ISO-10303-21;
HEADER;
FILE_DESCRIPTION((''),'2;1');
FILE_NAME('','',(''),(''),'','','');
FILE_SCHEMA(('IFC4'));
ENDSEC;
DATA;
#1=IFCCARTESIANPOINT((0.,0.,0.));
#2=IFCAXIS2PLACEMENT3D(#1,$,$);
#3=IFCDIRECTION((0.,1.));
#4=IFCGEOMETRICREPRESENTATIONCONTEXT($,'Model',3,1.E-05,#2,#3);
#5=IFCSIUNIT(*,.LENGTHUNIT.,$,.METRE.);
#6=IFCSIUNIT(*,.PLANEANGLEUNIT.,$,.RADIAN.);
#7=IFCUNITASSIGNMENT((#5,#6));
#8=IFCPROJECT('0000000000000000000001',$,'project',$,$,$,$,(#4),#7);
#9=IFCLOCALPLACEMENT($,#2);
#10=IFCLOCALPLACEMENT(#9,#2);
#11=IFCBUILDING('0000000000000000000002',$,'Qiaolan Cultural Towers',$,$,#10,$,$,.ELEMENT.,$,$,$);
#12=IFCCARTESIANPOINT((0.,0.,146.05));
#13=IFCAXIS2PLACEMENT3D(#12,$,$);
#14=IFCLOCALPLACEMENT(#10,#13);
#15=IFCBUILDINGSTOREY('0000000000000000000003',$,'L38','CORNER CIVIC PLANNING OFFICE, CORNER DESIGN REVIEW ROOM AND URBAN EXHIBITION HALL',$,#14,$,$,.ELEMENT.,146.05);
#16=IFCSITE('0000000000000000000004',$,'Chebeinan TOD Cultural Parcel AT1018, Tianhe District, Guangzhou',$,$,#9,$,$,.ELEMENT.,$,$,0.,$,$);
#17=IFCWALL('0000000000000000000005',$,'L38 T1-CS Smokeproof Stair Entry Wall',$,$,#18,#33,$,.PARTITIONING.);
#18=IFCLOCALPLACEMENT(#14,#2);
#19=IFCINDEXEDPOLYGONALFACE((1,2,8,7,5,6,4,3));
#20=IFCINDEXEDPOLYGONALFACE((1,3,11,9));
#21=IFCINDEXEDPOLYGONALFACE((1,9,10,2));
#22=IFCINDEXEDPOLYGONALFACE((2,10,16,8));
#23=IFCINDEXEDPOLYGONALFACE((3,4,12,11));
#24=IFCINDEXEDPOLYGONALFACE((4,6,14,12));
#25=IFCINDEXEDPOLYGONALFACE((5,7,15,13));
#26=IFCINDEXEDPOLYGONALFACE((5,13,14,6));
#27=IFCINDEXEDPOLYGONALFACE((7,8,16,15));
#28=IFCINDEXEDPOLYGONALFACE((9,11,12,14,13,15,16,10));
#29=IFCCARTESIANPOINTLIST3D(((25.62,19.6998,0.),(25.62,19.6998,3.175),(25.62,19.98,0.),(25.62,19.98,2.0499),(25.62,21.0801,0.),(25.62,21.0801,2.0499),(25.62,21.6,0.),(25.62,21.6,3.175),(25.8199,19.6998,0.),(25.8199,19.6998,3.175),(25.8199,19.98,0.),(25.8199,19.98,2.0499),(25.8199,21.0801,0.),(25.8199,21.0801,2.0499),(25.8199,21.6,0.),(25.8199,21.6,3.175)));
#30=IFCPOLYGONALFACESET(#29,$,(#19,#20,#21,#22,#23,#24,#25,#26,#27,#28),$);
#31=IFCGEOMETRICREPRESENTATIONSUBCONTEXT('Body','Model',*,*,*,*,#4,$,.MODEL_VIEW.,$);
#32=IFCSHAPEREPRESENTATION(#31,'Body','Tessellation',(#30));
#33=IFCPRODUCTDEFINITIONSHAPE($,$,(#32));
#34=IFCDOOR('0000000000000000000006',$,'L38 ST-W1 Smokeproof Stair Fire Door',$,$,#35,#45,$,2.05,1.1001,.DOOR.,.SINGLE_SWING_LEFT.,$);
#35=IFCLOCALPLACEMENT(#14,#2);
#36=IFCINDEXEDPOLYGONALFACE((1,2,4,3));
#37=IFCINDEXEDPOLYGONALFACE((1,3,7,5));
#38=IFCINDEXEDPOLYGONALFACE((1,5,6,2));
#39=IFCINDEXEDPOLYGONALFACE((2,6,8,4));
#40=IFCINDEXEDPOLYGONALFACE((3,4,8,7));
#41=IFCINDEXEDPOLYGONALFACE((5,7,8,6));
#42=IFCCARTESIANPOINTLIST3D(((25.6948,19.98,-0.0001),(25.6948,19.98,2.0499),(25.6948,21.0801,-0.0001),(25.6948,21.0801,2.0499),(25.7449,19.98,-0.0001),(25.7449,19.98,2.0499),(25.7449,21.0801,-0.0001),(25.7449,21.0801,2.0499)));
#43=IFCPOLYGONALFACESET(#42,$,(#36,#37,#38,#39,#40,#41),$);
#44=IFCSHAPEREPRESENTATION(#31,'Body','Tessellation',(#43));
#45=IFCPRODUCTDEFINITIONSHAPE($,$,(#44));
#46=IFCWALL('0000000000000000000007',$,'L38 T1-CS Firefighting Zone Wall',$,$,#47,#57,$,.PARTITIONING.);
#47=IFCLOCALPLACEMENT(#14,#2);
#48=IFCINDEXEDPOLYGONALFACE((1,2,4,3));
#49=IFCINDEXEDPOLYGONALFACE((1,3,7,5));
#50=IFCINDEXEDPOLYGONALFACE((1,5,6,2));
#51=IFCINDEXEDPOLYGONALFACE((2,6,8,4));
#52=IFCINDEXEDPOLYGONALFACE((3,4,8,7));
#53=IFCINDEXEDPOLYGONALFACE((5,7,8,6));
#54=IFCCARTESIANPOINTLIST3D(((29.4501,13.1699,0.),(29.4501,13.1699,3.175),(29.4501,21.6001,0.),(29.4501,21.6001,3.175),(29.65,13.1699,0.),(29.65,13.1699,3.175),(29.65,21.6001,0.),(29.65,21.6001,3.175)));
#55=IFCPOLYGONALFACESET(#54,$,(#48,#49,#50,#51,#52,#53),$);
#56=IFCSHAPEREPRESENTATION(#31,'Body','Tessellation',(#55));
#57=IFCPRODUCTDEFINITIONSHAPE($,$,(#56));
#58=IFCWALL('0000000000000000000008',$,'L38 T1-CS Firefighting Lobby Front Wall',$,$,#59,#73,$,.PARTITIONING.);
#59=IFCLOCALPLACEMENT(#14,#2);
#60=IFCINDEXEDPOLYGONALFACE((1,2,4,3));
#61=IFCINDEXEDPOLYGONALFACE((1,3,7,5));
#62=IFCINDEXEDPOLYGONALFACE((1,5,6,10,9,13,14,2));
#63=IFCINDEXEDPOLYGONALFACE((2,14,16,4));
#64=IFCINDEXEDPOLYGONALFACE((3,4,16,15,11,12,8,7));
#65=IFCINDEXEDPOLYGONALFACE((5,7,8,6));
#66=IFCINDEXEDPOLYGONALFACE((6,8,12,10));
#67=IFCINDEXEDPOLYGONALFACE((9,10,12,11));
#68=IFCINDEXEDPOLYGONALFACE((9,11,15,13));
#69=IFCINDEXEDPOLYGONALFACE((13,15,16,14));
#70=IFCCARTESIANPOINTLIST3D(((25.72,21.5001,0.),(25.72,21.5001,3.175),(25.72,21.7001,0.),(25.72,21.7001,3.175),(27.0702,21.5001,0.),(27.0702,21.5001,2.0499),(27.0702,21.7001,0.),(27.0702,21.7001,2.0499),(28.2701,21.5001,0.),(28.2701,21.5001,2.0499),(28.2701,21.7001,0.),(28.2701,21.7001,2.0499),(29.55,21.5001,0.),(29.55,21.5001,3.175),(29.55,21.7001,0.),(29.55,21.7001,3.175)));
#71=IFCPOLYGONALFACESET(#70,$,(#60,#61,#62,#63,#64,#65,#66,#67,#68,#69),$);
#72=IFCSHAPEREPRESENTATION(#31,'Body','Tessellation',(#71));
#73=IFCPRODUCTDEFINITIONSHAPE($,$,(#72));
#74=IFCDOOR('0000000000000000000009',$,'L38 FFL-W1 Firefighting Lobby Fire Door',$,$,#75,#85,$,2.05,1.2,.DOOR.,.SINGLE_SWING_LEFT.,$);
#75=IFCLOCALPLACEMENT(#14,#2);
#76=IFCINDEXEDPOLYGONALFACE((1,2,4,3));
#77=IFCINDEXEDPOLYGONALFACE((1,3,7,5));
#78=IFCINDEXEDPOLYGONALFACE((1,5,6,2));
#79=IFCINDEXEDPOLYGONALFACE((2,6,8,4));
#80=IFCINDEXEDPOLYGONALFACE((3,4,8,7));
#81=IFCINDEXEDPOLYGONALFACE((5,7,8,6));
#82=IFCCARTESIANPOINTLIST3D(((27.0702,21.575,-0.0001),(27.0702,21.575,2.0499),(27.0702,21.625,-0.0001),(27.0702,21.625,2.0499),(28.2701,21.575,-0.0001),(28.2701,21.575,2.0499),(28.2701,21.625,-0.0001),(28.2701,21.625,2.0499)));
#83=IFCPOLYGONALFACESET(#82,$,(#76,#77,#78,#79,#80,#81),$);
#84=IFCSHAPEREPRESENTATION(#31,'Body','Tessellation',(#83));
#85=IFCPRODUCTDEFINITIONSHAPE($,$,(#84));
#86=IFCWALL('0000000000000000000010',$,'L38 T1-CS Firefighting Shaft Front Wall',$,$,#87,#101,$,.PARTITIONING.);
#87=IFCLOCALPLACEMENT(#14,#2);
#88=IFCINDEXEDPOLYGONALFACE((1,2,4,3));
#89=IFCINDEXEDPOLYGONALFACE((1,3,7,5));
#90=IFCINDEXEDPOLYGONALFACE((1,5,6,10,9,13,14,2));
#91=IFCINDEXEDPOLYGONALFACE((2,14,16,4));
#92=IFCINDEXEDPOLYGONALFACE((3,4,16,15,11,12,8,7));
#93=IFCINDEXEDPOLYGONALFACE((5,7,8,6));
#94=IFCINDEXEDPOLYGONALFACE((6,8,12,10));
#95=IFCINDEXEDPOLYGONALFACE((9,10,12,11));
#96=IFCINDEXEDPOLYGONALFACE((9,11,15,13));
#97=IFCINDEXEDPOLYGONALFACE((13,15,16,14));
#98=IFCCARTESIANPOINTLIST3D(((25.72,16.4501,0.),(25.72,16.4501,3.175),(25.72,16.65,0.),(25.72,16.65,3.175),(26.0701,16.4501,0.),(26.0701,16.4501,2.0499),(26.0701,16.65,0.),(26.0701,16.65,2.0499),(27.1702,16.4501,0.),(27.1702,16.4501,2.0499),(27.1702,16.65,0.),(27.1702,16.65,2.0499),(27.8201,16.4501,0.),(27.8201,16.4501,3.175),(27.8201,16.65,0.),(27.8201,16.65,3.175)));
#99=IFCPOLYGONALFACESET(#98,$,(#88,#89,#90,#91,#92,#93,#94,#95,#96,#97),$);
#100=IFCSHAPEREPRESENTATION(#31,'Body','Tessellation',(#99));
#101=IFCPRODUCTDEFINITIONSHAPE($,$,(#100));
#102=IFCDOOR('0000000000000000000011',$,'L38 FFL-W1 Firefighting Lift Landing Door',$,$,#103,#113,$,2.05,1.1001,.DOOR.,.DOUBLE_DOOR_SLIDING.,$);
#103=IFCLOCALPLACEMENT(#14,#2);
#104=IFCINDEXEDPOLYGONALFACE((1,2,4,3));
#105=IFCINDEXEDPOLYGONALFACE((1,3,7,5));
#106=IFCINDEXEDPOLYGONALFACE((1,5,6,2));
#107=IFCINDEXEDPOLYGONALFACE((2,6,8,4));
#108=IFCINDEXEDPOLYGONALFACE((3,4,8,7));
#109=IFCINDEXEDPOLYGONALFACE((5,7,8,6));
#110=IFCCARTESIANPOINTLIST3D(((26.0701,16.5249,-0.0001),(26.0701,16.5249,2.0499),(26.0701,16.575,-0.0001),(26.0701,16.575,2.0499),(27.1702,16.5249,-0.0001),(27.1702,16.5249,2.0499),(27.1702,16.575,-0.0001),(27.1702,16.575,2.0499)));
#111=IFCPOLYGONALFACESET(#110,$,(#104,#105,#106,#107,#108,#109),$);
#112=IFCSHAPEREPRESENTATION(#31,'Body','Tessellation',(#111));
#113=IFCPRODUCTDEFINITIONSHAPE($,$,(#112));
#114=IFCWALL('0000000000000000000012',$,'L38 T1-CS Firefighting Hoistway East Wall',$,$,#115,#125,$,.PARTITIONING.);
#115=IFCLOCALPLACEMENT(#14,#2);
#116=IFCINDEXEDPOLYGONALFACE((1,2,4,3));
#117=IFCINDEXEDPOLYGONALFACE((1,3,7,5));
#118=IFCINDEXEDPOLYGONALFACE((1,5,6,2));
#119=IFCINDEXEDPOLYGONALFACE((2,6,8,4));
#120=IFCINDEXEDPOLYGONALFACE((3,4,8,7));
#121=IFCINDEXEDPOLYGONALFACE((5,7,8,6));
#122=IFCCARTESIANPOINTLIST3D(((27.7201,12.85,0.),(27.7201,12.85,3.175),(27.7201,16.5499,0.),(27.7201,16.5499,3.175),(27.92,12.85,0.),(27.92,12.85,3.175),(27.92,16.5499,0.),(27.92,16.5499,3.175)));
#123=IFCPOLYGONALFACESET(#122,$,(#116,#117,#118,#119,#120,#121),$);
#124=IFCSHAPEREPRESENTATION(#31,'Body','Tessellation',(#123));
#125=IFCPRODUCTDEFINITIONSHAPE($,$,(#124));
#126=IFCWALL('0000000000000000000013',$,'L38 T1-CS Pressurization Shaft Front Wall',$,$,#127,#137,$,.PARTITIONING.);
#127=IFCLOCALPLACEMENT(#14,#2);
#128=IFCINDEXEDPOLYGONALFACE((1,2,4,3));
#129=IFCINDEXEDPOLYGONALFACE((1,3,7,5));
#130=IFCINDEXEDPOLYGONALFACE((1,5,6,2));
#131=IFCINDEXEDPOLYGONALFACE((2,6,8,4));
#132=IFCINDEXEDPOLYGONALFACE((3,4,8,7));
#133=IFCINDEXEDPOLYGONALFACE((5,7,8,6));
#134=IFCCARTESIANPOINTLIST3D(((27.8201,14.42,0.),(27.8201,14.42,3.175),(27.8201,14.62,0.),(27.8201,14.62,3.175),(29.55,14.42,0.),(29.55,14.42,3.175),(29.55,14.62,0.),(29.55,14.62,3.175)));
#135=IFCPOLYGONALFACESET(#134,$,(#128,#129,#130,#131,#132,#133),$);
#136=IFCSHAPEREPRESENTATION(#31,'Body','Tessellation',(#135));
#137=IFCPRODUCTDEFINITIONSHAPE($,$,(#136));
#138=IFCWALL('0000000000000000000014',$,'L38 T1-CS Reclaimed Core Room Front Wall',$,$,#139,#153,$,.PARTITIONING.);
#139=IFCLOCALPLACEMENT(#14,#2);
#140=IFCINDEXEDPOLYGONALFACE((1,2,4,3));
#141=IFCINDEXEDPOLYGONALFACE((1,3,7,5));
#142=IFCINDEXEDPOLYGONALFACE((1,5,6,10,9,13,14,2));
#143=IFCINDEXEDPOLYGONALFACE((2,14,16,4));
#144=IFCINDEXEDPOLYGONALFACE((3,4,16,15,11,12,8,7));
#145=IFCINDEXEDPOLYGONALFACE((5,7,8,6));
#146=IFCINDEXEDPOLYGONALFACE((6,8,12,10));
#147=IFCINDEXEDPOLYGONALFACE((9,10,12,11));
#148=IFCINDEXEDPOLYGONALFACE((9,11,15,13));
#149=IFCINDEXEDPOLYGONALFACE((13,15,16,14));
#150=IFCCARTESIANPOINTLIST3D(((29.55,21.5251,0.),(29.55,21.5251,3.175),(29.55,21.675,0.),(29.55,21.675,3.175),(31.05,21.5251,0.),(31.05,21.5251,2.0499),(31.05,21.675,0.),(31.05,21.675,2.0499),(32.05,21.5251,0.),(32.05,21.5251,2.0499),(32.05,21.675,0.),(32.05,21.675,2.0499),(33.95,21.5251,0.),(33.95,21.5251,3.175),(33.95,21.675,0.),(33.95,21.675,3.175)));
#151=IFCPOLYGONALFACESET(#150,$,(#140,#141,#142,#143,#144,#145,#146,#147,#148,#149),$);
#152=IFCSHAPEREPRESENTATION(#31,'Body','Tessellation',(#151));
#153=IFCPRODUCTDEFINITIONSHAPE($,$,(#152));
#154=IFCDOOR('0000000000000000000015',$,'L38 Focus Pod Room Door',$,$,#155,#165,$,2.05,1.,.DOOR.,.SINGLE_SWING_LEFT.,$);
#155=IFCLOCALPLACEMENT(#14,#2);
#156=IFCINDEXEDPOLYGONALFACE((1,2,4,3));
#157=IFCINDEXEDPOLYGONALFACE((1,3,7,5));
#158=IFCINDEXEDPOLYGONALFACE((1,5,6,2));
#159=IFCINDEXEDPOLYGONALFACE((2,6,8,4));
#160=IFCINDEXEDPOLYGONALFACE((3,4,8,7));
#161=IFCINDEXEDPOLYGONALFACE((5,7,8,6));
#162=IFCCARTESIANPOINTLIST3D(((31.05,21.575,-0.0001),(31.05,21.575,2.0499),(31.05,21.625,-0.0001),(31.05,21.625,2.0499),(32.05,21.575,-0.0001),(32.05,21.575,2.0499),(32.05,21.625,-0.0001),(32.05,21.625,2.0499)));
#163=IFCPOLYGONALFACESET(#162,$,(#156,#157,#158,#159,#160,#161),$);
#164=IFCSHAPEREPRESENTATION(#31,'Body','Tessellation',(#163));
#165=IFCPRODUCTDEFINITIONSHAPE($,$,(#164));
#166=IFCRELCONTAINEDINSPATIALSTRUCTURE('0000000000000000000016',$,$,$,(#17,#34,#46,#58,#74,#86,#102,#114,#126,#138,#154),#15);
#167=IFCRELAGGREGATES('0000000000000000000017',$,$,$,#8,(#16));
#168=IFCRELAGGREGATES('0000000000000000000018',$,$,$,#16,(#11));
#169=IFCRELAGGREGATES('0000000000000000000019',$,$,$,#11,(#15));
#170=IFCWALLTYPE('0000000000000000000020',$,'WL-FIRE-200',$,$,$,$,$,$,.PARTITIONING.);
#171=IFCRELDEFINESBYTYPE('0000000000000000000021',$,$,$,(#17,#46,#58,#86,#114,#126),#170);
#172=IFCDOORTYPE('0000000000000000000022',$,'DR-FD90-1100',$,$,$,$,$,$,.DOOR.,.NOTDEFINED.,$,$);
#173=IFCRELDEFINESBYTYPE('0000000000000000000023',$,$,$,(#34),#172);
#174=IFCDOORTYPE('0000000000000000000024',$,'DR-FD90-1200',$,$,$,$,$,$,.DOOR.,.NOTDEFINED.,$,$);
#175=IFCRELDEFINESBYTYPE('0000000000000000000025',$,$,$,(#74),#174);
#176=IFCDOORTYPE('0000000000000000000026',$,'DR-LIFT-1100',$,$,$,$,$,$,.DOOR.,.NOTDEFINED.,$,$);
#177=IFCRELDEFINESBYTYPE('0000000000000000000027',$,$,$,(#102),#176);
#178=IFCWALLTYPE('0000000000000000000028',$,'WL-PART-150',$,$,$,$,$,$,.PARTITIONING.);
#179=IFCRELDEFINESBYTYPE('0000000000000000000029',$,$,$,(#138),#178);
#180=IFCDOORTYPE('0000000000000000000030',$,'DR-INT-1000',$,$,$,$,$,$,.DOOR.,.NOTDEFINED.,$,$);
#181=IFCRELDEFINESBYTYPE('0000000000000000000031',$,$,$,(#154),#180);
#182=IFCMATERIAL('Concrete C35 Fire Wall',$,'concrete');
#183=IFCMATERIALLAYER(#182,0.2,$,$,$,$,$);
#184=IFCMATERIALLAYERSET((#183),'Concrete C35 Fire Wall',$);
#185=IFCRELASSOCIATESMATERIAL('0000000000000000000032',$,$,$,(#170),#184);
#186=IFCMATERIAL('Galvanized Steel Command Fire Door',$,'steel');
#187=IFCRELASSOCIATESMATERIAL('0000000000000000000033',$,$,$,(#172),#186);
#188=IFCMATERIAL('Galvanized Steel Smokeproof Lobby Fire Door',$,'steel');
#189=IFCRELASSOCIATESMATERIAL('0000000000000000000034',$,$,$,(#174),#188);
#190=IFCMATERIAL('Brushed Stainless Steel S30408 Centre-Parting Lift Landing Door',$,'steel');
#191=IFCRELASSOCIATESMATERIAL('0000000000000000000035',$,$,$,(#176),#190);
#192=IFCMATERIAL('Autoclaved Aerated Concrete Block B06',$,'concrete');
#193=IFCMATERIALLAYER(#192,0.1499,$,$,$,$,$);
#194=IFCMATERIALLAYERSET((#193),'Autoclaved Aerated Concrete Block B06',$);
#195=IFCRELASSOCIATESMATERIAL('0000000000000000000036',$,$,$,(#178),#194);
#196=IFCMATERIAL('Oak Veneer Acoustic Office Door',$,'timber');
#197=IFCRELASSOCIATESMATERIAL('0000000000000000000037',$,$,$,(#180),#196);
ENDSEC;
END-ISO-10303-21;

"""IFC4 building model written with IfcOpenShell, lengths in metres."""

from ifc_helpers import new_model, si_unit, direction, frame, frame_2d, origin, place, context, subcontext, project, spatial, rectangle, extrude, material, layer, layer_set, type_object, element, fill, save


model = new_model("IFC4")

# Units and contexts
model_context = context("Model", 3, precision=1e-05, world=origin(), true_north=direction((0.0, 1.0)))
body_context = subcontext(model_context, "Body", "Model", "MODEL_VIEW")
ifc_project = project(units=[si_unit("LENGTHUNIT", "METRE"), si_unit("PLANEANGLEUNIT", "RADIAN")], contexts=[model_context])

# Site, building, storey
site_placement = place(None, origin())
site = spatial("IfcSite", under=ifc_project, at=site_placement, Name="Chebeinan TOD Cultural Parcel AT1018, Tianhe District, Guangzhou", CompositionType="ELEMENT", RefElevation=0.0)
building_placement = place(site_placement, origin())
building = spatial("IfcBuilding", under=site, at=building_placement, Name="Qiaolan Cultural Towers", CompositionType="ELEMENT")
storey_placement = place(building_placement, frame((0.0, 0.0, 146.05)))
storey = spatial("IfcBuildingStorey", under=building, at=storey_placement, Name="L38", Description="CORNER CIVIC PLANNING OFFICE, CORNER DESIGN REVIEW ROOM AND URBAN EXHIBITION HALL", CompositionType="ELEMENT", Elevation=146.05)

# Wall, opening, door
ifc_material_1 = material(Name="Concrete C35 Fire Wall", Category="concrete")
ifc_layer_1 = layer(ifc_material_1, 0.2)
ifc_layer_set_1 = layer_set([ifc_layer_1], Name="Concrete C35 Fire Wall")
wall_type_1 = type_object("IfcWallType", Name="WL-FIRE-200", PredefinedType="PARTITIONING", material=ifc_layer_set_1)
wall_1_placement = place(storey_placement, frame((25.72, 21.6001, 0.0), z_axis=(0.0, 0.0, 1.0), x_axis=(0.0, -1.0, 0.0)))
wall_1 = element("IfcWall", 1, at=wall_1_placement, inside=storey, type_object=wall_type_1, Name="L38 T1-CS Smokeproof Stair Entry Wall", PredefinedType="PARTITIONING", context=body_context, shape_type="SweptSolid", body=[
    extrude(rectangle(XDim=1.9001, YDim=0.2, at=frame_2d((0.9502, 0.0))), origin(), (0.0, 0.0, 1.0), 3.175),
])
opening_1_placement = place(wall_1_placement, frame((0.52, 0.0, 0.0)))
opening_1 = element("IfcOpeningElement", 2, at=opening_1_placement, cuts=wall_1, PredefinedType="OPENING", context=body_context, shape_type="SweptSolid", body=[
    extrude(rectangle(XDim=1.1001, YDim=2.05, at=frame_2d((0.55, 1.0249))), frame((0.0, 0.1099, 0.0), z_axis=(0.0, -1.0, 0.0), x_axis=(1.0, 0.0, 0.0)), (0.0, 0.0, 1.0), 0.22),
])
ifc_material_2 = material(Name="Galvanized Steel Command Fire Door", Category="steel")
door_type_1 = type_object("IfcDoorType", Name="DR-FD90-1100", OperationType="NOTDEFINED", PredefinedType="DOOR", material=ifc_material_2)
door_1_placement = place(opening_1_placement, origin())
door_1 = element("IfcDoor", 3, at=door_1_placement, inside=storey, type_object=door_type_1, Name="L38 ST-W1 Smokeproof Stair Fire Door", OperationType="SINGLE_SWING_LEFT", OverallHeight=2.05, OverallWidth=1.1001, PredefinedType="DOOR", context=body_context, shape_type="SweptSolid", body=[
    extrude(rectangle(XDim=1.1001, YDim=2.05, at=frame_2d((0.55, 1.0249))), frame((0.0, 0.0249, 0.0), z_axis=(0.0, -1.0, 0.0), x_axis=(1.0, 0.0, 0.0)), (0.0, 0.0, 1.0), 0.05),
])
fill(opening_1, door_1)

# Wall
wall_2_placement = place(storey_placement, frame((29.55, 21.6001, 0.0), z_axis=(0.0, 0.0, 1.0), x_axis=(0.0, -1.0, 0.0)))
element("IfcWall", 4, at=wall_2_placement, inside=storey, type_object=wall_type_1, Name="L38 T1-CS Firefighting Zone Wall", PredefinedType="PARTITIONING", context=body_context, shape_type="SweptSolid", body=[
    extrude(rectangle(XDim=8.4302, YDim=0.2, at=frame_2d((4.2151, 0.0))), origin(), (0.0, 0.0, 1.0), 3.175),
])

# Walls, openings, doors
wall_3_placement = place(storey_placement, frame((25.72, 21.6001, 0.0), z_axis=(0.0, 0.0, 1.0), x_axis=(1.0, 0.0, 0.0)))
wall_3 = element("IfcWall", 5, at=wall_3_placement, inside=storey, type_object=wall_type_1, Name="L38 T1-CS Firefighting Lobby Front Wall", PredefinedType="PARTITIONING", context=body_context, shape_type="SweptSolid", body=[
    extrude(rectangle(XDim=3.8301, YDim=0.2, at=frame_2d((1.915, 0.0))), origin(), (0.0, 0.0, 1.0), 3.175),
])
opening_2_placement = place(wall_3_placement, frame((1.3501, 0.0, 0.0)))
opening_2 = element("IfcOpeningElement", 6, at=opening_2_placement, cuts=wall_3, PredefinedType="OPENING", context=body_context, shape_type="SweptSolid", body=[
    extrude(rectangle(XDim=1.2, YDim=2.05, at=frame_2d((0.6001, 1.0249))), frame((0.0, 0.1099, 0.0), z_axis=(0.0, -1.0, 0.0), x_axis=(1.0, 0.0, 0.0)), (0.0, 0.0, 1.0), 0.22),
])
ifc_material_3 = material(Name="Galvanized Steel Smokeproof Lobby Fire Door", Category="steel")
door_type_2 = type_object("IfcDoorType", Name="DR-FD90-1200", OperationType="NOTDEFINED", PredefinedType="DOOR", material=ifc_material_3)
door_2_placement = place(opening_2_placement, origin())
door_2 = element("IfcDoor", 7, at=door_2_placement, inside=storey, type_object=door_type_2, Name="L38 FFL-W1 Firefighting Lobby Fire Door", OperationType="SINGLE_SWING_LEFT", OverallHeight=2.05, OverallWidth=1.2, PredefinedType="DOOR", context=body_context, shape_type="SweptSolid", body=[
    extrude(rectangle(XDim=1.2, YDim=2.05, at=frame_2d((0.6001, 1.0249))), frame((0.0, 0.0249, 0.0), z_axis=(0.0, -1.0, 0.0), x_axis=(1.0, 0.0, 0.0)), (0.0, 0.0, 1.0), 0.05),
])
fill(opening_2, door_2)
wall_4_placement = place(storey_placement, frame((25.72, 16.55, 0.0), z_axis=(0.0, 0.0, 1.0), x_axis=(1.0, 0.0, 0.0)))
wall_4 = element("IfcWall", 8, at=wall_4_placement, inside=storey, type_object=wall_type_1, Name="L38 T1-CS Firefighting Shaft Front Wall", PredefinedType="PARTITIONING", context=body_context, shape_type="SweptSolid", body=[
    extrude(rectangle(XDim=2.1001, YDim=0.2, at=frame_2d((1.05, 0.0))), origin(), (0.0, 0.0, 1.0), 3.175),
])
opening_3_placement = place(wall_4_placement, frame((0.3501, 0.0, 0.0)))
opening_3 = element("IfcOpeningElement", 9, at=opening_3_placement, cuts=wall_4, PredefinedType="OPENING", context=body_context, shape_type="SweptSolid", body=[
    extrude(rectangle(XDim=1.1001, YDim=2.05, at=frame_2d((0.55, 1.0249))), frame((0.0, 0.1099, 0.0), z_axis=(0.0, -1.0, 0.0), x_axis=(1.0, 0.0, 0.0)), (0.0, 0.0, 1.0), 0.22),
])
ifc_material_4 = material(Name="Brushed Stainless Steel S30408 Centre-Parting Lift Landing Door", Category="steel")
door_type_3 = type_object("IfcDoorType", Name="DR-LIFT-1100", OperationType="NOTDEFINED", PredefinedType="DOOR", material=ifc_material_4)
door_3_placement = place(opening_3_placement, origin())
door_3 = element("IfcDoor", 10, at=door_3_placement, inside=storey, type_object=door_type_3, Name="L38 FFL-W1 Firefighting Lift Landing Door", OperationType="DOUBLE_DOOR_SLIDING", OverallHeight=2.05, OverallWidth=1.1001, PredefinedType="DOOR", context=body_context, shape_type="SweptSolid", body=[
    extrude(rectangle(XDim=1.1001, YDim=2.05, at=frame_2d((0.55, 1.0249))), frame((0.0, 0.0249, 0.0), z_axis=(0.0, -1.0, 0.0), x_axis=(1.0, 0.0, 0.0)), (0.0, 0.0, 1.0), 0.05),
])
fill(opening_3, door_3)

# Walls
wall_5_placement = place(storey_placement, frame((27.8201, 16.55, 0.0), z_axis=(0.0, 0.0, 1.0), x_axis=(0.0, -1.0, 0.0)))
element("IfcWall", 11, at=wall_5_placement, inside=storey, type_object=wall_type_1, Name="L38 T1-CS Firefighting Hoistway East Wall", PredefinedType="PARTITIONING", context=body_context, shape_type="SweptSolid", body=[
    extrude(rectangle(XDim=3.7, YDim=0.2, at=frame_2d((1.8501, 0.0))), origin(), (0.0, 0.0, 1.0), 3.175),
])
wall_6_placement = place(storey_placement, frame((27.8201, 14.52, 0.0), z_axis=(0.0, 0.0, 1.0), x_axis=(1.0, 0.0, 0.0)))
element("IfcWall", 12, at=wall_6_placement, inside=storey, type_object=wall_type_1, Name="L38 T1-CS Pressurization Shaft Front Wall", PredefinedType="PARTITIONING", context=body_context, shape_type="SweptSolid", body=[
    extrude(rectangle(XDim=1.73, YDim=0.2, at=frame_2d((0.865, 0.0))), origin(), (0.0, 0.0, 1.0), 3.175),
])

# Wall, opening, door
ifc_material_5 = material(Name="Autoclaved Aerated Concrete Block B06", Category="concrete")
ifc_layer_2 = layer(ifc_material_5, 0.1499)
ifc_layer_set_2 = layer_set([ifc_layer_2], Name="Autoclaved Aerated Concrete Block B06")
wall_type_2 = type_object("IfcWallType", Name="WL-PART-150", PredefinedType="PARTITIONING", material=ifc_layer_set_2)
wall_7_placement = place(storey_placement, frame((29.55, 21.6001, 0.0), z_axis=(0.0, 0.0, 1.0), x_axis=(1.0, 0.0, 0.0)))
wall_7 = element("IfcWall", 13, at=wall_7_placement, inside=storey, type_object=wall_type_2, Name="L38 T1-CS Reclaimed Core Room Front Wall", PredefinedType="PARTITIONING", context=body_context, shape_type="SweptSolid", body=[
    extrude(rectangle(XDim=4.3999, YDim=0.1499, at=frame_2d((2.2, 0.0))), origin(), (0.0, 0.0, 1.0), 3.175),
])
opening_4_placement = place(wall_7_placement, frame((1.5, 0.0, 0.0)))
opening_4 = element("IfcOpeningElement", 14, at=opening_4_placement, cuts=wall_7, PredefinedType="OPENING", context=body_context, shape_type="SweptSolid", body=[
    extrude(rectangle(XDim=1.0, YDim=2.05, at=frame_2d((0.5, 1.0249))), frame((0.0, 0.085, 0.0), z_axis=(0.0, -1.0, 0.0), x_axis=(1.0, 0.0, 0.0)), (0.0, 0.0, 1.0), 0.1699),
])
ifc_material_6 = material(Name="Oak Veneer Acoustic Office Door", Category="timber")
door_type_4 = type_object("IfcDoorType", Name="DR-INT-1000", OperationType="NOTDEFINED", PredefinedType="DOOR", material=ifc_material_6)
door_4_placement = place(opening_4_placement, origin())
door_4 = element("IfcDoor", 15, at=door_4_placement, inside=storey, type_object=door_type_4, Name="L38 Focus Pod Room Door", OperationType="SINGLE_SWING_LEFT", OverallHeight=2.05, OverallWidth=1.0, PredefinedType="DOOR", context=body_context, shape_type="SweptSolid", body=[
    extrude(rectangle(XDim=1.0, YDim=2.05, at=frame_2d((0.5, 1.0249))), frame((0.0, 0.0249, 0.0), z_axis=(0.0, -1.0, 0.0), x_axis=(1.0, 0.0, 0.0)), (0.0, 0.0, 1.0), 0.05),
])
fill(opening_4, door_4)

save(model, "model.ifc")
